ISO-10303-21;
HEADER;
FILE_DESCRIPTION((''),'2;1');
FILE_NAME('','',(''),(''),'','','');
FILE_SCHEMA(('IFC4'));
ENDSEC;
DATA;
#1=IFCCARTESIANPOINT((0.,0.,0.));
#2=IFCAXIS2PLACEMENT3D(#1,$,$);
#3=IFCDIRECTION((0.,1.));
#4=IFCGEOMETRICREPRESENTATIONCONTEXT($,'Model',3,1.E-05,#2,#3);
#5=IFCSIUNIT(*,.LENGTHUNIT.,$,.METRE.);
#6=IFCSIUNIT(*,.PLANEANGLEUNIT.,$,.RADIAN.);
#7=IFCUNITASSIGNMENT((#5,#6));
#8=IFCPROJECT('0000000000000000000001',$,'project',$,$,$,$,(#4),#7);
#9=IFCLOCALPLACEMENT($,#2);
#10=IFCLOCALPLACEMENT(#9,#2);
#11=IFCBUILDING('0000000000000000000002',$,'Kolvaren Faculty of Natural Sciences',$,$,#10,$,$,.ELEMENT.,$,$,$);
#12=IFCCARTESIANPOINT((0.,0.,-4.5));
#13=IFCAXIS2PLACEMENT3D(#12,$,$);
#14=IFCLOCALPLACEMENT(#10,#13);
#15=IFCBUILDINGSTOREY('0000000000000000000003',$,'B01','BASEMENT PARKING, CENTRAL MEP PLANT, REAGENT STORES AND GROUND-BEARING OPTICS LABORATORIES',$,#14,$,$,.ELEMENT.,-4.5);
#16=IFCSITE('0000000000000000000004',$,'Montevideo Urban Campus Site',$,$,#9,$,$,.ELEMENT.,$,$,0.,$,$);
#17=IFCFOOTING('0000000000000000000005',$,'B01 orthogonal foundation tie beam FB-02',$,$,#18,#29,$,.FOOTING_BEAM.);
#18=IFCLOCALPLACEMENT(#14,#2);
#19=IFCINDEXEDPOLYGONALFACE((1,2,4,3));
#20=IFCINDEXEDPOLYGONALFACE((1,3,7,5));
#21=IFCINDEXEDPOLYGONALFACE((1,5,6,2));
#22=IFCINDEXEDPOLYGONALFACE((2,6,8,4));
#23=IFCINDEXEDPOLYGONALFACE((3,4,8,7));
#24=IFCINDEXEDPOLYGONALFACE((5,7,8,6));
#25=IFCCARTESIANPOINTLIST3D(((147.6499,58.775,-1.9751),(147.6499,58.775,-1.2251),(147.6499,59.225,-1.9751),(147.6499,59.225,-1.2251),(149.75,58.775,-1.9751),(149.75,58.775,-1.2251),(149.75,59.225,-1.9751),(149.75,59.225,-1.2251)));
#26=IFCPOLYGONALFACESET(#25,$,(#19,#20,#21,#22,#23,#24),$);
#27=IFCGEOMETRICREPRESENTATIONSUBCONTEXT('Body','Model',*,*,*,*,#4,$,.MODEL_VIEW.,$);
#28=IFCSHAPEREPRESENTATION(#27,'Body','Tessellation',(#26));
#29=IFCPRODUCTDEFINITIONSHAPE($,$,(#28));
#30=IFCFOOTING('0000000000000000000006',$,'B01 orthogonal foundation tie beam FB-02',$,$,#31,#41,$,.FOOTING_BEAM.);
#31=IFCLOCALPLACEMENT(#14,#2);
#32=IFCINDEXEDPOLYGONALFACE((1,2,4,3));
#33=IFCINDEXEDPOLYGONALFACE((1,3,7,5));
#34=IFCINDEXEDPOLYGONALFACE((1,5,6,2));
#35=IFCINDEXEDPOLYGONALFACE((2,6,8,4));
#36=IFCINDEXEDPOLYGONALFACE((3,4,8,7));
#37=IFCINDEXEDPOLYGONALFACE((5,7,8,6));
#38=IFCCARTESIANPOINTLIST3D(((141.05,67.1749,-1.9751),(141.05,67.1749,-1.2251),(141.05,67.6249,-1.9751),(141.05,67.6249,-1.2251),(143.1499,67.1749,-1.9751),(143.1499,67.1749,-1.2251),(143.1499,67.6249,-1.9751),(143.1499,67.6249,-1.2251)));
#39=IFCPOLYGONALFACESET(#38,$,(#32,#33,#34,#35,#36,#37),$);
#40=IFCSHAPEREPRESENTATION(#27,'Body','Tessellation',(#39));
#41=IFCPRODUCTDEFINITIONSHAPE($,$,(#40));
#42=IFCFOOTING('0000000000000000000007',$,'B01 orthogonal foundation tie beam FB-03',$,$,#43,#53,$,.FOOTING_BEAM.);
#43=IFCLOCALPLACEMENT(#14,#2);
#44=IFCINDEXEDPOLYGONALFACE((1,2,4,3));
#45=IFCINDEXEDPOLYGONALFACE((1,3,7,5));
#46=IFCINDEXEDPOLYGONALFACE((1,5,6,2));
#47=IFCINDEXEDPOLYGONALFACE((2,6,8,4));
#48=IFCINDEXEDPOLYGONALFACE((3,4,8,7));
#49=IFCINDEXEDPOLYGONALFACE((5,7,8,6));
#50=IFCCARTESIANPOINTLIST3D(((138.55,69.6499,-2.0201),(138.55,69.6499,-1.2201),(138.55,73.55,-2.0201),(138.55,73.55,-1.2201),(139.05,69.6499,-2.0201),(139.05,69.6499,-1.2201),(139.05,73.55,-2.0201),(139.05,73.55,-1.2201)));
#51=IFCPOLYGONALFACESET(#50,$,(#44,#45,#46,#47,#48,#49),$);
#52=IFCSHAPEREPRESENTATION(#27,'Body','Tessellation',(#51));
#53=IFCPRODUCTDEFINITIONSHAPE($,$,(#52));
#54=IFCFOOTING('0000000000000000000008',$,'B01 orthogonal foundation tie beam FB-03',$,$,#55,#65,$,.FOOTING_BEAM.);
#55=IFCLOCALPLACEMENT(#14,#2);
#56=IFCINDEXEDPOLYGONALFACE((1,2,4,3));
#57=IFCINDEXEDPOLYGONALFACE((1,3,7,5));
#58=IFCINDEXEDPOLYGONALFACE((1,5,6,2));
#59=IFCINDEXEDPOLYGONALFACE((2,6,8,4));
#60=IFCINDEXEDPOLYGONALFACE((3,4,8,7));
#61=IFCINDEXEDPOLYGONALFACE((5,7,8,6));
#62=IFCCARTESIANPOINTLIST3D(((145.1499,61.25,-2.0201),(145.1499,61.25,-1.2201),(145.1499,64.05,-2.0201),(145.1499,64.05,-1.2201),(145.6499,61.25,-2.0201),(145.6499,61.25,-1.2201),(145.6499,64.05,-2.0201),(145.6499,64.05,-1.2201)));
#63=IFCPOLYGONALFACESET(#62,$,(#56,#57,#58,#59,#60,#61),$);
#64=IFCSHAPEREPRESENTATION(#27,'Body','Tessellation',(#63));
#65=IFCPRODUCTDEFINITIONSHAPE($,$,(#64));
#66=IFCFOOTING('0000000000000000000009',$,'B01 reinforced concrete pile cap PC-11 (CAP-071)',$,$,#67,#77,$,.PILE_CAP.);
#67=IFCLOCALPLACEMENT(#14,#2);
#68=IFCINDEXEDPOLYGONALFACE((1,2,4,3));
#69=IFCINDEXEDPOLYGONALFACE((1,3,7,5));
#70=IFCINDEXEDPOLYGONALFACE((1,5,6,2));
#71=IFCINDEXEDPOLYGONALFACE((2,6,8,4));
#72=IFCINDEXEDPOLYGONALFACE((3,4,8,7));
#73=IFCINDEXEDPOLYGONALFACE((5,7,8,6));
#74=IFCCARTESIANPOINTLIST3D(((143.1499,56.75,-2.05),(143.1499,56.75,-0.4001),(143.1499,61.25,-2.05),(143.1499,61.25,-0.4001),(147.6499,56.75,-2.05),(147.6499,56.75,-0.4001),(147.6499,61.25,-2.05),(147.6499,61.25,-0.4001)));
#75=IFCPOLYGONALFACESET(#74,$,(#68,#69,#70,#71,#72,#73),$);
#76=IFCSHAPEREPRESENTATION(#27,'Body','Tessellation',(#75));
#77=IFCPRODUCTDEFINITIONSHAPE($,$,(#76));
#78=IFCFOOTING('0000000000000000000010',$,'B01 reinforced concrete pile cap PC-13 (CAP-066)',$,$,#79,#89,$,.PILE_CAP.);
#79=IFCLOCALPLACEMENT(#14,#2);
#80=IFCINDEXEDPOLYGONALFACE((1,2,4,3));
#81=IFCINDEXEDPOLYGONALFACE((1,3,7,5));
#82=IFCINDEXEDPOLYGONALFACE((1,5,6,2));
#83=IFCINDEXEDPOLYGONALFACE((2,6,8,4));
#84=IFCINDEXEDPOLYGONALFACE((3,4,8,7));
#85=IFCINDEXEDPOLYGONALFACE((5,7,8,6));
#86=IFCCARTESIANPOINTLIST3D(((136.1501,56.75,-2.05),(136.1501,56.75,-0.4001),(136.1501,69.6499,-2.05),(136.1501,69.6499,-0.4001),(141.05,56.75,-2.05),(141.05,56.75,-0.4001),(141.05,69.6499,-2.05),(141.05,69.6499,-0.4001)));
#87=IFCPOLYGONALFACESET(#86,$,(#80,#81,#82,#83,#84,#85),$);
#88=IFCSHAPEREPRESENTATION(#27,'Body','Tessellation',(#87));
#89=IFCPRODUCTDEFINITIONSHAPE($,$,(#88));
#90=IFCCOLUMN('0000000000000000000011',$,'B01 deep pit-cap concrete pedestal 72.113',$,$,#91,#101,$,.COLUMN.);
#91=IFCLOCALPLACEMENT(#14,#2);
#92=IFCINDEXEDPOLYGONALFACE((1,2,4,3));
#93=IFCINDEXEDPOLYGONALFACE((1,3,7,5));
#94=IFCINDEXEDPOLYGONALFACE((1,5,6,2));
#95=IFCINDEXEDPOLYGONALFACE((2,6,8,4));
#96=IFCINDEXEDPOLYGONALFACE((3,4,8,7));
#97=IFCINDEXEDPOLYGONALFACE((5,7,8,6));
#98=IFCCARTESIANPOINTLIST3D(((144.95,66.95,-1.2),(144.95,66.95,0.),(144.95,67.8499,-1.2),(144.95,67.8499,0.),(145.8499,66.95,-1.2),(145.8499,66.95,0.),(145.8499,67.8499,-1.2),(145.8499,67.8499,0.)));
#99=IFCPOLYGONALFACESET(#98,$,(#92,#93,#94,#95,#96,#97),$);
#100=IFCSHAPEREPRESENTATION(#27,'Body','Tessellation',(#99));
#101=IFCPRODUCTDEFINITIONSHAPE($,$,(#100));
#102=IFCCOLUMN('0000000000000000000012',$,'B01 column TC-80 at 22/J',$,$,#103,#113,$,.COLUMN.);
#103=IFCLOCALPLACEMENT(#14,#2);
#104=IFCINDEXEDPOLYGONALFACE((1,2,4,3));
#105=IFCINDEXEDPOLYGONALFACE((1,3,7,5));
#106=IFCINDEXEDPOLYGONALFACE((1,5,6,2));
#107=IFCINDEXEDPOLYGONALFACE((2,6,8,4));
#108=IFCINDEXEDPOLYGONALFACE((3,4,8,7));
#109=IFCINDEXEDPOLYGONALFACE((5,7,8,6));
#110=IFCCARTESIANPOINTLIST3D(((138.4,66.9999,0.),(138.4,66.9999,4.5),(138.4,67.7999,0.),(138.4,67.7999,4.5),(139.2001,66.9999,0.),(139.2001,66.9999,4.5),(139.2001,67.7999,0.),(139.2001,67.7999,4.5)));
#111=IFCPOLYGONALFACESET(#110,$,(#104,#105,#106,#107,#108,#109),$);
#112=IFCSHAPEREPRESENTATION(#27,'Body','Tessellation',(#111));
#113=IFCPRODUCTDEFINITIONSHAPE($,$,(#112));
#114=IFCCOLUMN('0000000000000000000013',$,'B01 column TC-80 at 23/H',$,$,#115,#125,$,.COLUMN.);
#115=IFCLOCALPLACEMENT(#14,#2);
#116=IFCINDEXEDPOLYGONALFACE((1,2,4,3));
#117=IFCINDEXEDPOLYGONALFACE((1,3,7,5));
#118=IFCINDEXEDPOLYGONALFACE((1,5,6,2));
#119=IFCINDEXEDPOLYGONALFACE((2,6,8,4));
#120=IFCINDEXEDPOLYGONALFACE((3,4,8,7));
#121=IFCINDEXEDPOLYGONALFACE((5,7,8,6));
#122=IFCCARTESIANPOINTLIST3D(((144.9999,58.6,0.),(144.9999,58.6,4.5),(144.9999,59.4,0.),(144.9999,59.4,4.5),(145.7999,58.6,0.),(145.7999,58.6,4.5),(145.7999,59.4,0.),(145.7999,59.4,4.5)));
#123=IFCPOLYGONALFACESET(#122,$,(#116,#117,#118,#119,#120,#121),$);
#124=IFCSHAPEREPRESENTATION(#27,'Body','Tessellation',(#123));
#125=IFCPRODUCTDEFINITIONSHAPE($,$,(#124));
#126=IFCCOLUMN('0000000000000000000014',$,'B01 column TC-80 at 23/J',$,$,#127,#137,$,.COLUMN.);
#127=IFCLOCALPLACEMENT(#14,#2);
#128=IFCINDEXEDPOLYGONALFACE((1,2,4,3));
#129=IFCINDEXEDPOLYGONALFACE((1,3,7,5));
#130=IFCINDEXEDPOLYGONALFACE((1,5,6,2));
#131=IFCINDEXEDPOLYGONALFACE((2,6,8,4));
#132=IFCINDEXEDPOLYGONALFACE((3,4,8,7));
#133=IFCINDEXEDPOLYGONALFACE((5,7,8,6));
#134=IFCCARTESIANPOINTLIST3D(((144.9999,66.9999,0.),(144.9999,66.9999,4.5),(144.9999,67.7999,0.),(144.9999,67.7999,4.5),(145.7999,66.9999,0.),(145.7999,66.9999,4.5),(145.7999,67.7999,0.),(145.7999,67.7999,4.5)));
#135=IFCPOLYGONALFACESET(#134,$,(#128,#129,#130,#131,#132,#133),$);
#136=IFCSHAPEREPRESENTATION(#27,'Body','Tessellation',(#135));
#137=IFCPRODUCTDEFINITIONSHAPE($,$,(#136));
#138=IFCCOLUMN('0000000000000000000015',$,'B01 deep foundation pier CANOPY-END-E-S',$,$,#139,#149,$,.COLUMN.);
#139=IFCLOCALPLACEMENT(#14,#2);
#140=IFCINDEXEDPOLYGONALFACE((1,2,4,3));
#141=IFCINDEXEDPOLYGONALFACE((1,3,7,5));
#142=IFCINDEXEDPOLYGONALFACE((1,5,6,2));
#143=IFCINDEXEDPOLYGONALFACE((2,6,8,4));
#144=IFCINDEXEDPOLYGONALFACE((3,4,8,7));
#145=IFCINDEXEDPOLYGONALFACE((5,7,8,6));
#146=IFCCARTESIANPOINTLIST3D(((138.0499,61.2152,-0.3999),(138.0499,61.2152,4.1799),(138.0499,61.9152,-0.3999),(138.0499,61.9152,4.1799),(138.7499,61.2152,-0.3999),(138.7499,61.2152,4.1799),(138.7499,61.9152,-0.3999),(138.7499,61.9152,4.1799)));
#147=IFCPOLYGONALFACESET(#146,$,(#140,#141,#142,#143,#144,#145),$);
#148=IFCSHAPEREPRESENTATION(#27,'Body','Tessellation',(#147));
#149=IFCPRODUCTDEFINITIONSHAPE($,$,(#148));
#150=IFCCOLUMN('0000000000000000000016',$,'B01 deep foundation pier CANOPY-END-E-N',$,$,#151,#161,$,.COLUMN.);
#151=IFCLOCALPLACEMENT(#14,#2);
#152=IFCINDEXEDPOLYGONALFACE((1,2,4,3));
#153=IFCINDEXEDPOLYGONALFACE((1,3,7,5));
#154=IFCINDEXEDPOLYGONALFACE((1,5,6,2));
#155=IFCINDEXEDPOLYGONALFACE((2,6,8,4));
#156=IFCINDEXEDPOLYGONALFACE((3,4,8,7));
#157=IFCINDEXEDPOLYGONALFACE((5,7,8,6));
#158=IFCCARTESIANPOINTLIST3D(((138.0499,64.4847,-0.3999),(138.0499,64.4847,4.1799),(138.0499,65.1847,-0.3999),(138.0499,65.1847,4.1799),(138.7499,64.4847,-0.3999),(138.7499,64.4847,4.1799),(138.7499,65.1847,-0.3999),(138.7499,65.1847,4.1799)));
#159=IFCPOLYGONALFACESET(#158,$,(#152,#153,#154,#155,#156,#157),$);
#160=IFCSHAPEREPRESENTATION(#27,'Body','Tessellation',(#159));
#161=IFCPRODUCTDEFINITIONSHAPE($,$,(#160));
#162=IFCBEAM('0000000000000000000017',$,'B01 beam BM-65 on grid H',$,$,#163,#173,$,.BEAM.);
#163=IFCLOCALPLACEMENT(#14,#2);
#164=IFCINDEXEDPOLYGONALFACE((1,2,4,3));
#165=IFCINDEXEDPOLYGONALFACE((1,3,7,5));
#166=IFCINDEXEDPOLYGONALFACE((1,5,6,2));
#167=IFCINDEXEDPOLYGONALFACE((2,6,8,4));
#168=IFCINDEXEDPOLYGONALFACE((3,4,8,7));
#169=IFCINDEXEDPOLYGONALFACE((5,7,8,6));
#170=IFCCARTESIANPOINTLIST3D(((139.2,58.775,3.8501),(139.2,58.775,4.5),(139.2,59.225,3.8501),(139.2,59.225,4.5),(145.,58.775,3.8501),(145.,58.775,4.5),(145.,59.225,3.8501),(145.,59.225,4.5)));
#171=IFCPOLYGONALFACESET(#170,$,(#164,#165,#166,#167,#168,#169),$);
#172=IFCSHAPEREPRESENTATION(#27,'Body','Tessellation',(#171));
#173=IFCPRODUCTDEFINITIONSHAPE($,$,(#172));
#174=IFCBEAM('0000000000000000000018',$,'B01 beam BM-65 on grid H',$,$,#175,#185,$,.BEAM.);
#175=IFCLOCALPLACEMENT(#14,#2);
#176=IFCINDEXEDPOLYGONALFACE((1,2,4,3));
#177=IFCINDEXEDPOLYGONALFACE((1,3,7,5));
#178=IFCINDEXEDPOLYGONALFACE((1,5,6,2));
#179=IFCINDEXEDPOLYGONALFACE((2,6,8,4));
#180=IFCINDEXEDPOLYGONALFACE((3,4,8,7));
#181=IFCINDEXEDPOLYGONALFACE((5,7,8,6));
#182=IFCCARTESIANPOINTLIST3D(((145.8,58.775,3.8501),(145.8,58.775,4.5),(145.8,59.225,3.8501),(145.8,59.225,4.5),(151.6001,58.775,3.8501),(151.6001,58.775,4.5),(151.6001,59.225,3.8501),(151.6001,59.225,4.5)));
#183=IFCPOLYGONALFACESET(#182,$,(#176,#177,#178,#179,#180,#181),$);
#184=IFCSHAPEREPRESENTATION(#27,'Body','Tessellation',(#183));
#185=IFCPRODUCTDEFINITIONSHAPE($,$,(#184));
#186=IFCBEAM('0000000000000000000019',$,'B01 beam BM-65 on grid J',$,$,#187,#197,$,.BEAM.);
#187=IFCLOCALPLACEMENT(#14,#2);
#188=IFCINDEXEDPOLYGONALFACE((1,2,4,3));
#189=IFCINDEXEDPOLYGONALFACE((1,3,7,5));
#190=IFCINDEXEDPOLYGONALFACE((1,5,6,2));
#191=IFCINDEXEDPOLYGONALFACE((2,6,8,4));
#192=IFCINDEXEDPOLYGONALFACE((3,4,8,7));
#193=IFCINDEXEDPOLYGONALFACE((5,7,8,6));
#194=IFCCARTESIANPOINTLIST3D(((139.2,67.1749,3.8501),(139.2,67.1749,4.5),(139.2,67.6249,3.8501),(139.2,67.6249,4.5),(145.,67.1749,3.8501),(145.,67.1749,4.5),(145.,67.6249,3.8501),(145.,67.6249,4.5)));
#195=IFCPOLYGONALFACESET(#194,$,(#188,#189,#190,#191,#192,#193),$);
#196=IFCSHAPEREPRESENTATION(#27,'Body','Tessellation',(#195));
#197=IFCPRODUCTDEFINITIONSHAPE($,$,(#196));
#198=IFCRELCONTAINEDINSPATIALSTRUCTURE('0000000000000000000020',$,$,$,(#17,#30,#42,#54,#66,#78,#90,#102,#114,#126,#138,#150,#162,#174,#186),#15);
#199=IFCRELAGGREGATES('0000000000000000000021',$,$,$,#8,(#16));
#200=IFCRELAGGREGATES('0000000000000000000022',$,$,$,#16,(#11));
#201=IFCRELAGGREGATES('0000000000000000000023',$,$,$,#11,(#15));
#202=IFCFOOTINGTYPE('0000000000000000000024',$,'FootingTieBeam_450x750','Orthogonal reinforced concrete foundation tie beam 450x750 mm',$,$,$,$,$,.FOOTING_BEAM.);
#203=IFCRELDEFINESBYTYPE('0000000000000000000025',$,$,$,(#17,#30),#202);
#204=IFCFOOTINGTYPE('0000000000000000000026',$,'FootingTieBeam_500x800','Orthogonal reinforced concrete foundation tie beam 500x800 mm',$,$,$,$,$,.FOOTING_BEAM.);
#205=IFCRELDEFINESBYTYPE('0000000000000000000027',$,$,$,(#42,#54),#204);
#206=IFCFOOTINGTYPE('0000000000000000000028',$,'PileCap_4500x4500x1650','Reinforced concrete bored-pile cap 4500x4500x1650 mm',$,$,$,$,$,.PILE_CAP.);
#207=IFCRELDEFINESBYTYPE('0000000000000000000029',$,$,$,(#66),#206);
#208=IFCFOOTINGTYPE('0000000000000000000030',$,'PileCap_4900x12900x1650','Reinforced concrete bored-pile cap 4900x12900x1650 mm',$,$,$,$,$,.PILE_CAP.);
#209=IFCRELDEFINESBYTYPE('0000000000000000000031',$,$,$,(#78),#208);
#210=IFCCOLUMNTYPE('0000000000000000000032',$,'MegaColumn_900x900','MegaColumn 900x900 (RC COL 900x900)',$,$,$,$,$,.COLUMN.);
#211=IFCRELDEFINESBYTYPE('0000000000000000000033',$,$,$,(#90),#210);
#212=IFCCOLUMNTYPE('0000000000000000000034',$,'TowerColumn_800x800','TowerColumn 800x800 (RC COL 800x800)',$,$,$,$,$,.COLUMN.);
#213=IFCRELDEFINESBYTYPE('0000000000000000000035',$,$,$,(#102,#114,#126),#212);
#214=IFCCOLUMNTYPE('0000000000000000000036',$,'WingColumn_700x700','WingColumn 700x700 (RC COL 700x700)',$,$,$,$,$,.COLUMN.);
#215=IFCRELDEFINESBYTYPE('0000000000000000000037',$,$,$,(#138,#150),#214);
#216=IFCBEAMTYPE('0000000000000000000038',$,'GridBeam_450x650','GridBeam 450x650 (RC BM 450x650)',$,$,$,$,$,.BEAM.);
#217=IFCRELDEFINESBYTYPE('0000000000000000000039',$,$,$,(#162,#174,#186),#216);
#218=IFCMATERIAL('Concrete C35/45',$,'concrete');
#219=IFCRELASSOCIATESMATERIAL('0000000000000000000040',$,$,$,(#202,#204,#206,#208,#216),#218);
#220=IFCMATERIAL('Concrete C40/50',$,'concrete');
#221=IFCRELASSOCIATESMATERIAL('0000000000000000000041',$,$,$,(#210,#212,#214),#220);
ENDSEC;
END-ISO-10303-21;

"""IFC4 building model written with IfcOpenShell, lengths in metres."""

from ifc_helpers import new_model, si_unit, direction, frame, origin, origin_2d, place, context, subcontext, project, spatial, rectangle, extrude, material, material_profile, profile_set, type_object, element, save


model = new_model("IFC4")

# Units and contexts
model_context = context("Model", 3, precision=1e-05, world=origin(), true_north=direction((0.0, 1.0)))
body_context = subcontext(model_context, "Body", "Model", "MODEL_VIEW")
ifc_project = project(units=[si_unit("LENGTHUNIT", "METRE"), si_unit("PLANEANGLEUNIT", "RADIAN")], contexts=[model_context])

# Site, building, storey
site_placement = place(None, origin())
site = spatial("IfcSite", under=ifc_project, at=site_placement, Name="Montevideo Urban Campus Site", CompositionType="ELEMENT", RefElevation=0.0)
building_placement = place(site_placement, origin())
building = spatial("IfcBuilding", under=site, at=building_placement, Name="Kolvaren Faculty of Natural Sciences", CompositionType="ELEMENT")
storey_placement = place(building_placement, frame((0.0, 0.0, -4.5)))
storey = spatial("IfcBuildingStorey", under=building, at=storey_placement, Name="B01", Description="BASEMENT PARKING, CENTRAL MEP PLANT, REAGENT STORES AND GROUND-BEARING OPTICS LABORATORIES", CompositionType="ELEMENT", Elevation=-4.5)

# Shared definitions
ifc_material_1 = material(Name="Concrete C35/45", Category="concrete")

# Footings
ifc_material_profile_1 = material_profile(ifc_material_1, rectangle(XDim=0.45, YDim=0.75, at=origin_2d()), Name="RC FB 450x750")
ifc_profile_set_1 = profile_set([ifc_material_profile_1], Name="Concrete C35/45")
footing_type_1 = type_object("IfcFootingType", Name="FootingTieBeam_450x750", Description="Orthogonal reinforced concrete foundation tie beam 450x750 mm", PredefinedType="FOOTING_BEAM", material=ifc_profile_set_1)
footing_1_placement = place(storey_placement, frame((147.6499, 59.0, -1.6001), z_axis=(1.0, 0.0, 0.0), x_axis=(0.0, 1.0, 0.0)))
element("IfcFooting", 1, at=footing_1_placement, inside=storey, type_object=footing_type_1, Name="B01 orthogonal foundation tie beam FB-02", PredefinedType="FOOTING_BEAM", context=body_context, shape_type="SweptSolid", body=[
    extrude(rectangle(XDim=0.45, YDim=0.75, at=origin_2d()), origin(), (0.0, 0.0, 1.0), 2.1001),
])
footing_2_placement = place(storey_placement, frame((141.05, 67.3999, -1.6001), z_axis=(1.0, 0.0, 0.0), x_axis=(0.0, 1.0, 0.0)))
element("IfcFooting", 2, at=footing_2_placement, inside=storey, type_object=footing_type_1, Name="B01 orthogonal foundation tie beam FB-02", PredefinedType="FOOTING_BEAM", context=body_context, shape_type="SweptSolid", body=[
    extrude(rectangle(XDim=0.45, YDim=0.75, at=origin_2d()), origin(), (0.0, 0.0, 1.0), 2.0999),
])
ifc_material_profile_2 = material_profile(ifc_material_1, rectangle(XDim=0.5, YDim=0.8, at=origin_2d()), Name="RC FB 500x800")
ifc_profile_set_2 = profile_set([ifc_material_profile_2], Name="Concrete C35/45")
footing_type_2 = type_object("IfcFootingType", Name="FootingTieBeam_500x800", Description="Orthogonal reinforced concrete foundation tie beam 500x800 mm", PredefinedType="FOOTING_BEAM", material=ifc_profile_set_2)
footing_3_placement = place(storey_placement, frame((138.8, 69.6499, -1.6201), z_axis=(0.0, 1.0, 0.0), x_axis=(-1.0, 0.0, 0.0)))
element("IfcFooting", 3, at=footing_3_placement, inside=storey, type_object=footing_type_2, Name="B01 orthogonal foundation tie beam FB-03", PredefinedType="FOOTING_BEAM", context=body_context, shape_type="SweptSolid", body=[
    extrude(rectangle(XDim=0.5, YDim=0.8, at=origin_2d()), origin(), (0.0, 0.0, 1.0), 3.9001),
])
footing_4_placement = place(storey_placement, frame((145.3999, 61.25, -1.6201), z_axis=(0.0, 1.0, 0.0), x_axis=(-1.0, 0.0, 0.0)))
element("IfcFooting", 4, at=footing_4_placement, inside=storey, type_object=footing_type_2, Name="B01 orthogonal foundation tie beam FB-03", PredefinedType="FOOTING_BEAM", context=body_context, shape_type="SweptSolid", body=[
    extrude(rectangle(XDim=0.5, YDim=0.8, at=origin_2d()), origin(), (0.0, 0.0, 1.0), 2.8),
])
footing_type_3 = type_object("IfcFootingType", Name="PileCap_4500x4500x1650", Description="Reinforced concrete bored-pile cap 4500x4500x1650 mm", PredefinedType="PILE_CAP", material=ifc_material_1)
footing_5_placement = place(storey_placement, frame((145.3999, 59.0, -2.05), z_axis=(0.0, 0.0, 1.0), x_axis=(1.0, 0.0, 0.0)))
element("IfcFooting", 5, at=footing_5_placement, inside=storey, type_object=footing_type_3, Name="B01 reinforced concrete pile cap PC-11 (CAP-071)", PredefinedType="PILE_CAP", context=body_context, shape_type="SweptSolid", body=[
    extrude(rectangle(XDim=4.5, YDim=4.5, at=origin_2d()), origin(), (0.0, 0.0, 1.0), 1.6499),
])
footing_type_4 = type_object("IfcFootingType", Name="PileCap_4900x12900x1650", Description="Reinforced concrete bored-pile cap 4900x12900x1650 mm", PredefinedType="PILE_CAP", material=ifc_material_1)
footing_6_placement = place(storey_placement, frame((138.6001, 63.2, -2.05), z_axis=(0.0, 0.0, 1.0), x_axis=(1.0, 0.0, 0.0)))
element("IfcFooting", 6, at=footing_6_placement, inside=storey, type_object=footing_type_4, Name="B01 reinforced concrete pile cap PC-13 (CAP-066)", PredefinedType="PILE_CAP", context=body_context, shape_type="SweptSolid", body=[
    extrude(rectangle(XDim=4.8999, YDim=12.8999, at=origin_2d()), origin(), (0.0, 0.0, 1.0), 1.6499),
])

# Columns
ifc_material_2 = material(Name="Concrete C40/50", Category="concrete")
ifc_material_profile_3 = material_profile(ifc_material_2, rectangle(XDim=0.8999, YDim=0.8999, at=origin_2d()), Name="RC COL 900x900")
ifc_profile_set_3 = profile_set([ifc_material_profile_3], Name="Concrete C40/50")
column_type_1 = type_object("IfcColumnType", Name="MegaColumn_900x900", Description="MegaColumn 900x900 (RC COL 900x900)", PredefinedType="COLUMN", material=ifc_profile_set_3)
column_placement = place(storey_placement, frame((145.3999, 67.3999, -1.2), z_axis=(0.0, 0.0, 1.0), x_axis=(1.0, 0.0, 0.0)))
element("IfcColumn", 7, at=column_placement, inside=storey, type_object=column_type_1, Name="B01 deep pit-cap concrete pedestal 72.113", PredefinedType="COLUMN", context=body_context, shape_type="SweptSolid", body=[
    extrude(rectangle(XDim=0.8999, YDim=0.8999, at=origin_2d()), origin(), (0.0, 0.0, 1.0), 1.2),
])
ifc_material_profile_4 = material_profile(ifc_material_2, rectangle(XDim=0.8, YDim=0.8, at=origin_2d()), Name="RC COL 800x800")
ifc_profile_set_4 = profile_set([ifc_material_profile_4], Name="Concrete C40/50")
column_type_2 = type_object("IfcColumnType", Name="TowerColumn_800x800", Description="TowerColumn 800x800 (RC COL 800x800)", PredefinedType="COLUMN", material=ifc_profile_set_4)
for number, where, z_axis, x_axis, name in (
    (8, (138.8, 67.3999, 0.0), (0.0, 0.0, 1.0), (1.0, 0.0, 0.0), "B01 column TC-80 at 22/J"),
    (9, (145.3999, 59.0, 0.0), (0.0, 0.0, 1.0), (1.0, 0.0, 0.0), "B01 column TC-80 at 23/H"),
    (10, (145.3999, 67.3999, 0.0), (0.0, 0.0, 1.0), (1.0, 0.0, 0.0), "B01 column TC-80 at 23/J"),
):
    element("IfcColumn", number, at=place(storey_placement, frame(where, z_axis=z_axis, x_axis=x_axis)), inside=storey, type_object=column_type_2, Name=name, PredefinedType="COLUMN", context=body_context, shape_type="SweptSolid", body=[
        extrude(rectangle(XDim=0.8, YDim=0.8, at=origin_2d()), origin(), (0.0, 0.0, 1.0), 4.5),
    ])
ifc_material_profile_5 = material_profile(ifc_material_2, rectangle(XDim=0.7, YDim=0.7, at=origin_2d()), Name="RC COL 700x700")
ifc_profile_set_5 = profile_set([ifc_material_profile_5], Name="Concrete C40/50")
column_type_3 = type_object("IfcColumnType", Name="WingColumn_700x700", Description="WingColumn 700x700 (RC COL 700x700)", PredefinedType="COLUMN", material=ifc_profile_set_5)
for number, where, z_axis, x_axis, name in (
    (11, (138.3999, 61.5652, -0.3999), (0.0, 0.0, 1.0), (1.0, 0.0, 0.0), "B01 deep foundation pier CANOPY-END-E-S"),
    (12, (138.3999, 64.8347, -0.3999), (0.0, 0.0, 1.0), (1.0, 0.0, 0.0), "B01 deep foundation pier CANOPY-END-E-N"),
):
    element("IfcColumn", number, at=place(storey_placement, frame(where, z_axis=z_axis, x_axis=x_axis)), inside=storey, type_object=column_type_3, Name=name, PredefinedType="COLUMN", context=body_context, shape_type="SweptSolid", body=[
        extrude(rectangle(XDim=0.7, YDim=0.7, at=origin_2d()), origin(), (0.0, 0.0, 1.0), 4.5798),
    ])

# Beams
ifc_material_profile_6 = material_profile(ifc_material_1, rectangle(XDim=0.45, YDim=0.6499, at=origin_2d()), Name="RC BM 450x650")
ifc_profile_set_6 = profile_set([ifc_material_profile_6], Name="Concrete C35/45")
beam_type_1 = type_object("IfcBeamType", Name="GridBeam_450x650", Description="GridBeam 450x650 (RC BM 450x650)", PredefinedType="BEAM", material=ifc_profile_set_6)
for number, where, z_axis, x_axis, name in (
    (13, (139.2, 59.0, 4.175), (1.0, 0.0, 0.0), (0.0, 1.0, 0.0), "B01 beam BM-65 on grid H"),
    (14, (145.8, 59.0, 4.175), (1.0, 0.0, 0.0), (0.0, 1.0, 0.0), "B01 beam BM-65 on grid H"),
    (15, (139.2, 67.3999, 4.175), (1.0, 0.0, 0.0), (0.0, 1.0, 0.0), "B01 beam BM-65 on grid J"),
):
    element("IfcBeam", number, at=place(storey_placement, frame(where, z_axis=z_axis, x_axis=x_axis)), inside=storey, type_object=beam_type_1, Name=name, PredefinedType="BEAM", context=body_context, shape_type="SweptSolid", body=[
        extrude(rectangle(XDim=0.45, YDim=0.6499, at=origin_2d()), origin(), (0.0, 0.0, 1.0), 5.8),
    ])

save(model, "model.ifc")
